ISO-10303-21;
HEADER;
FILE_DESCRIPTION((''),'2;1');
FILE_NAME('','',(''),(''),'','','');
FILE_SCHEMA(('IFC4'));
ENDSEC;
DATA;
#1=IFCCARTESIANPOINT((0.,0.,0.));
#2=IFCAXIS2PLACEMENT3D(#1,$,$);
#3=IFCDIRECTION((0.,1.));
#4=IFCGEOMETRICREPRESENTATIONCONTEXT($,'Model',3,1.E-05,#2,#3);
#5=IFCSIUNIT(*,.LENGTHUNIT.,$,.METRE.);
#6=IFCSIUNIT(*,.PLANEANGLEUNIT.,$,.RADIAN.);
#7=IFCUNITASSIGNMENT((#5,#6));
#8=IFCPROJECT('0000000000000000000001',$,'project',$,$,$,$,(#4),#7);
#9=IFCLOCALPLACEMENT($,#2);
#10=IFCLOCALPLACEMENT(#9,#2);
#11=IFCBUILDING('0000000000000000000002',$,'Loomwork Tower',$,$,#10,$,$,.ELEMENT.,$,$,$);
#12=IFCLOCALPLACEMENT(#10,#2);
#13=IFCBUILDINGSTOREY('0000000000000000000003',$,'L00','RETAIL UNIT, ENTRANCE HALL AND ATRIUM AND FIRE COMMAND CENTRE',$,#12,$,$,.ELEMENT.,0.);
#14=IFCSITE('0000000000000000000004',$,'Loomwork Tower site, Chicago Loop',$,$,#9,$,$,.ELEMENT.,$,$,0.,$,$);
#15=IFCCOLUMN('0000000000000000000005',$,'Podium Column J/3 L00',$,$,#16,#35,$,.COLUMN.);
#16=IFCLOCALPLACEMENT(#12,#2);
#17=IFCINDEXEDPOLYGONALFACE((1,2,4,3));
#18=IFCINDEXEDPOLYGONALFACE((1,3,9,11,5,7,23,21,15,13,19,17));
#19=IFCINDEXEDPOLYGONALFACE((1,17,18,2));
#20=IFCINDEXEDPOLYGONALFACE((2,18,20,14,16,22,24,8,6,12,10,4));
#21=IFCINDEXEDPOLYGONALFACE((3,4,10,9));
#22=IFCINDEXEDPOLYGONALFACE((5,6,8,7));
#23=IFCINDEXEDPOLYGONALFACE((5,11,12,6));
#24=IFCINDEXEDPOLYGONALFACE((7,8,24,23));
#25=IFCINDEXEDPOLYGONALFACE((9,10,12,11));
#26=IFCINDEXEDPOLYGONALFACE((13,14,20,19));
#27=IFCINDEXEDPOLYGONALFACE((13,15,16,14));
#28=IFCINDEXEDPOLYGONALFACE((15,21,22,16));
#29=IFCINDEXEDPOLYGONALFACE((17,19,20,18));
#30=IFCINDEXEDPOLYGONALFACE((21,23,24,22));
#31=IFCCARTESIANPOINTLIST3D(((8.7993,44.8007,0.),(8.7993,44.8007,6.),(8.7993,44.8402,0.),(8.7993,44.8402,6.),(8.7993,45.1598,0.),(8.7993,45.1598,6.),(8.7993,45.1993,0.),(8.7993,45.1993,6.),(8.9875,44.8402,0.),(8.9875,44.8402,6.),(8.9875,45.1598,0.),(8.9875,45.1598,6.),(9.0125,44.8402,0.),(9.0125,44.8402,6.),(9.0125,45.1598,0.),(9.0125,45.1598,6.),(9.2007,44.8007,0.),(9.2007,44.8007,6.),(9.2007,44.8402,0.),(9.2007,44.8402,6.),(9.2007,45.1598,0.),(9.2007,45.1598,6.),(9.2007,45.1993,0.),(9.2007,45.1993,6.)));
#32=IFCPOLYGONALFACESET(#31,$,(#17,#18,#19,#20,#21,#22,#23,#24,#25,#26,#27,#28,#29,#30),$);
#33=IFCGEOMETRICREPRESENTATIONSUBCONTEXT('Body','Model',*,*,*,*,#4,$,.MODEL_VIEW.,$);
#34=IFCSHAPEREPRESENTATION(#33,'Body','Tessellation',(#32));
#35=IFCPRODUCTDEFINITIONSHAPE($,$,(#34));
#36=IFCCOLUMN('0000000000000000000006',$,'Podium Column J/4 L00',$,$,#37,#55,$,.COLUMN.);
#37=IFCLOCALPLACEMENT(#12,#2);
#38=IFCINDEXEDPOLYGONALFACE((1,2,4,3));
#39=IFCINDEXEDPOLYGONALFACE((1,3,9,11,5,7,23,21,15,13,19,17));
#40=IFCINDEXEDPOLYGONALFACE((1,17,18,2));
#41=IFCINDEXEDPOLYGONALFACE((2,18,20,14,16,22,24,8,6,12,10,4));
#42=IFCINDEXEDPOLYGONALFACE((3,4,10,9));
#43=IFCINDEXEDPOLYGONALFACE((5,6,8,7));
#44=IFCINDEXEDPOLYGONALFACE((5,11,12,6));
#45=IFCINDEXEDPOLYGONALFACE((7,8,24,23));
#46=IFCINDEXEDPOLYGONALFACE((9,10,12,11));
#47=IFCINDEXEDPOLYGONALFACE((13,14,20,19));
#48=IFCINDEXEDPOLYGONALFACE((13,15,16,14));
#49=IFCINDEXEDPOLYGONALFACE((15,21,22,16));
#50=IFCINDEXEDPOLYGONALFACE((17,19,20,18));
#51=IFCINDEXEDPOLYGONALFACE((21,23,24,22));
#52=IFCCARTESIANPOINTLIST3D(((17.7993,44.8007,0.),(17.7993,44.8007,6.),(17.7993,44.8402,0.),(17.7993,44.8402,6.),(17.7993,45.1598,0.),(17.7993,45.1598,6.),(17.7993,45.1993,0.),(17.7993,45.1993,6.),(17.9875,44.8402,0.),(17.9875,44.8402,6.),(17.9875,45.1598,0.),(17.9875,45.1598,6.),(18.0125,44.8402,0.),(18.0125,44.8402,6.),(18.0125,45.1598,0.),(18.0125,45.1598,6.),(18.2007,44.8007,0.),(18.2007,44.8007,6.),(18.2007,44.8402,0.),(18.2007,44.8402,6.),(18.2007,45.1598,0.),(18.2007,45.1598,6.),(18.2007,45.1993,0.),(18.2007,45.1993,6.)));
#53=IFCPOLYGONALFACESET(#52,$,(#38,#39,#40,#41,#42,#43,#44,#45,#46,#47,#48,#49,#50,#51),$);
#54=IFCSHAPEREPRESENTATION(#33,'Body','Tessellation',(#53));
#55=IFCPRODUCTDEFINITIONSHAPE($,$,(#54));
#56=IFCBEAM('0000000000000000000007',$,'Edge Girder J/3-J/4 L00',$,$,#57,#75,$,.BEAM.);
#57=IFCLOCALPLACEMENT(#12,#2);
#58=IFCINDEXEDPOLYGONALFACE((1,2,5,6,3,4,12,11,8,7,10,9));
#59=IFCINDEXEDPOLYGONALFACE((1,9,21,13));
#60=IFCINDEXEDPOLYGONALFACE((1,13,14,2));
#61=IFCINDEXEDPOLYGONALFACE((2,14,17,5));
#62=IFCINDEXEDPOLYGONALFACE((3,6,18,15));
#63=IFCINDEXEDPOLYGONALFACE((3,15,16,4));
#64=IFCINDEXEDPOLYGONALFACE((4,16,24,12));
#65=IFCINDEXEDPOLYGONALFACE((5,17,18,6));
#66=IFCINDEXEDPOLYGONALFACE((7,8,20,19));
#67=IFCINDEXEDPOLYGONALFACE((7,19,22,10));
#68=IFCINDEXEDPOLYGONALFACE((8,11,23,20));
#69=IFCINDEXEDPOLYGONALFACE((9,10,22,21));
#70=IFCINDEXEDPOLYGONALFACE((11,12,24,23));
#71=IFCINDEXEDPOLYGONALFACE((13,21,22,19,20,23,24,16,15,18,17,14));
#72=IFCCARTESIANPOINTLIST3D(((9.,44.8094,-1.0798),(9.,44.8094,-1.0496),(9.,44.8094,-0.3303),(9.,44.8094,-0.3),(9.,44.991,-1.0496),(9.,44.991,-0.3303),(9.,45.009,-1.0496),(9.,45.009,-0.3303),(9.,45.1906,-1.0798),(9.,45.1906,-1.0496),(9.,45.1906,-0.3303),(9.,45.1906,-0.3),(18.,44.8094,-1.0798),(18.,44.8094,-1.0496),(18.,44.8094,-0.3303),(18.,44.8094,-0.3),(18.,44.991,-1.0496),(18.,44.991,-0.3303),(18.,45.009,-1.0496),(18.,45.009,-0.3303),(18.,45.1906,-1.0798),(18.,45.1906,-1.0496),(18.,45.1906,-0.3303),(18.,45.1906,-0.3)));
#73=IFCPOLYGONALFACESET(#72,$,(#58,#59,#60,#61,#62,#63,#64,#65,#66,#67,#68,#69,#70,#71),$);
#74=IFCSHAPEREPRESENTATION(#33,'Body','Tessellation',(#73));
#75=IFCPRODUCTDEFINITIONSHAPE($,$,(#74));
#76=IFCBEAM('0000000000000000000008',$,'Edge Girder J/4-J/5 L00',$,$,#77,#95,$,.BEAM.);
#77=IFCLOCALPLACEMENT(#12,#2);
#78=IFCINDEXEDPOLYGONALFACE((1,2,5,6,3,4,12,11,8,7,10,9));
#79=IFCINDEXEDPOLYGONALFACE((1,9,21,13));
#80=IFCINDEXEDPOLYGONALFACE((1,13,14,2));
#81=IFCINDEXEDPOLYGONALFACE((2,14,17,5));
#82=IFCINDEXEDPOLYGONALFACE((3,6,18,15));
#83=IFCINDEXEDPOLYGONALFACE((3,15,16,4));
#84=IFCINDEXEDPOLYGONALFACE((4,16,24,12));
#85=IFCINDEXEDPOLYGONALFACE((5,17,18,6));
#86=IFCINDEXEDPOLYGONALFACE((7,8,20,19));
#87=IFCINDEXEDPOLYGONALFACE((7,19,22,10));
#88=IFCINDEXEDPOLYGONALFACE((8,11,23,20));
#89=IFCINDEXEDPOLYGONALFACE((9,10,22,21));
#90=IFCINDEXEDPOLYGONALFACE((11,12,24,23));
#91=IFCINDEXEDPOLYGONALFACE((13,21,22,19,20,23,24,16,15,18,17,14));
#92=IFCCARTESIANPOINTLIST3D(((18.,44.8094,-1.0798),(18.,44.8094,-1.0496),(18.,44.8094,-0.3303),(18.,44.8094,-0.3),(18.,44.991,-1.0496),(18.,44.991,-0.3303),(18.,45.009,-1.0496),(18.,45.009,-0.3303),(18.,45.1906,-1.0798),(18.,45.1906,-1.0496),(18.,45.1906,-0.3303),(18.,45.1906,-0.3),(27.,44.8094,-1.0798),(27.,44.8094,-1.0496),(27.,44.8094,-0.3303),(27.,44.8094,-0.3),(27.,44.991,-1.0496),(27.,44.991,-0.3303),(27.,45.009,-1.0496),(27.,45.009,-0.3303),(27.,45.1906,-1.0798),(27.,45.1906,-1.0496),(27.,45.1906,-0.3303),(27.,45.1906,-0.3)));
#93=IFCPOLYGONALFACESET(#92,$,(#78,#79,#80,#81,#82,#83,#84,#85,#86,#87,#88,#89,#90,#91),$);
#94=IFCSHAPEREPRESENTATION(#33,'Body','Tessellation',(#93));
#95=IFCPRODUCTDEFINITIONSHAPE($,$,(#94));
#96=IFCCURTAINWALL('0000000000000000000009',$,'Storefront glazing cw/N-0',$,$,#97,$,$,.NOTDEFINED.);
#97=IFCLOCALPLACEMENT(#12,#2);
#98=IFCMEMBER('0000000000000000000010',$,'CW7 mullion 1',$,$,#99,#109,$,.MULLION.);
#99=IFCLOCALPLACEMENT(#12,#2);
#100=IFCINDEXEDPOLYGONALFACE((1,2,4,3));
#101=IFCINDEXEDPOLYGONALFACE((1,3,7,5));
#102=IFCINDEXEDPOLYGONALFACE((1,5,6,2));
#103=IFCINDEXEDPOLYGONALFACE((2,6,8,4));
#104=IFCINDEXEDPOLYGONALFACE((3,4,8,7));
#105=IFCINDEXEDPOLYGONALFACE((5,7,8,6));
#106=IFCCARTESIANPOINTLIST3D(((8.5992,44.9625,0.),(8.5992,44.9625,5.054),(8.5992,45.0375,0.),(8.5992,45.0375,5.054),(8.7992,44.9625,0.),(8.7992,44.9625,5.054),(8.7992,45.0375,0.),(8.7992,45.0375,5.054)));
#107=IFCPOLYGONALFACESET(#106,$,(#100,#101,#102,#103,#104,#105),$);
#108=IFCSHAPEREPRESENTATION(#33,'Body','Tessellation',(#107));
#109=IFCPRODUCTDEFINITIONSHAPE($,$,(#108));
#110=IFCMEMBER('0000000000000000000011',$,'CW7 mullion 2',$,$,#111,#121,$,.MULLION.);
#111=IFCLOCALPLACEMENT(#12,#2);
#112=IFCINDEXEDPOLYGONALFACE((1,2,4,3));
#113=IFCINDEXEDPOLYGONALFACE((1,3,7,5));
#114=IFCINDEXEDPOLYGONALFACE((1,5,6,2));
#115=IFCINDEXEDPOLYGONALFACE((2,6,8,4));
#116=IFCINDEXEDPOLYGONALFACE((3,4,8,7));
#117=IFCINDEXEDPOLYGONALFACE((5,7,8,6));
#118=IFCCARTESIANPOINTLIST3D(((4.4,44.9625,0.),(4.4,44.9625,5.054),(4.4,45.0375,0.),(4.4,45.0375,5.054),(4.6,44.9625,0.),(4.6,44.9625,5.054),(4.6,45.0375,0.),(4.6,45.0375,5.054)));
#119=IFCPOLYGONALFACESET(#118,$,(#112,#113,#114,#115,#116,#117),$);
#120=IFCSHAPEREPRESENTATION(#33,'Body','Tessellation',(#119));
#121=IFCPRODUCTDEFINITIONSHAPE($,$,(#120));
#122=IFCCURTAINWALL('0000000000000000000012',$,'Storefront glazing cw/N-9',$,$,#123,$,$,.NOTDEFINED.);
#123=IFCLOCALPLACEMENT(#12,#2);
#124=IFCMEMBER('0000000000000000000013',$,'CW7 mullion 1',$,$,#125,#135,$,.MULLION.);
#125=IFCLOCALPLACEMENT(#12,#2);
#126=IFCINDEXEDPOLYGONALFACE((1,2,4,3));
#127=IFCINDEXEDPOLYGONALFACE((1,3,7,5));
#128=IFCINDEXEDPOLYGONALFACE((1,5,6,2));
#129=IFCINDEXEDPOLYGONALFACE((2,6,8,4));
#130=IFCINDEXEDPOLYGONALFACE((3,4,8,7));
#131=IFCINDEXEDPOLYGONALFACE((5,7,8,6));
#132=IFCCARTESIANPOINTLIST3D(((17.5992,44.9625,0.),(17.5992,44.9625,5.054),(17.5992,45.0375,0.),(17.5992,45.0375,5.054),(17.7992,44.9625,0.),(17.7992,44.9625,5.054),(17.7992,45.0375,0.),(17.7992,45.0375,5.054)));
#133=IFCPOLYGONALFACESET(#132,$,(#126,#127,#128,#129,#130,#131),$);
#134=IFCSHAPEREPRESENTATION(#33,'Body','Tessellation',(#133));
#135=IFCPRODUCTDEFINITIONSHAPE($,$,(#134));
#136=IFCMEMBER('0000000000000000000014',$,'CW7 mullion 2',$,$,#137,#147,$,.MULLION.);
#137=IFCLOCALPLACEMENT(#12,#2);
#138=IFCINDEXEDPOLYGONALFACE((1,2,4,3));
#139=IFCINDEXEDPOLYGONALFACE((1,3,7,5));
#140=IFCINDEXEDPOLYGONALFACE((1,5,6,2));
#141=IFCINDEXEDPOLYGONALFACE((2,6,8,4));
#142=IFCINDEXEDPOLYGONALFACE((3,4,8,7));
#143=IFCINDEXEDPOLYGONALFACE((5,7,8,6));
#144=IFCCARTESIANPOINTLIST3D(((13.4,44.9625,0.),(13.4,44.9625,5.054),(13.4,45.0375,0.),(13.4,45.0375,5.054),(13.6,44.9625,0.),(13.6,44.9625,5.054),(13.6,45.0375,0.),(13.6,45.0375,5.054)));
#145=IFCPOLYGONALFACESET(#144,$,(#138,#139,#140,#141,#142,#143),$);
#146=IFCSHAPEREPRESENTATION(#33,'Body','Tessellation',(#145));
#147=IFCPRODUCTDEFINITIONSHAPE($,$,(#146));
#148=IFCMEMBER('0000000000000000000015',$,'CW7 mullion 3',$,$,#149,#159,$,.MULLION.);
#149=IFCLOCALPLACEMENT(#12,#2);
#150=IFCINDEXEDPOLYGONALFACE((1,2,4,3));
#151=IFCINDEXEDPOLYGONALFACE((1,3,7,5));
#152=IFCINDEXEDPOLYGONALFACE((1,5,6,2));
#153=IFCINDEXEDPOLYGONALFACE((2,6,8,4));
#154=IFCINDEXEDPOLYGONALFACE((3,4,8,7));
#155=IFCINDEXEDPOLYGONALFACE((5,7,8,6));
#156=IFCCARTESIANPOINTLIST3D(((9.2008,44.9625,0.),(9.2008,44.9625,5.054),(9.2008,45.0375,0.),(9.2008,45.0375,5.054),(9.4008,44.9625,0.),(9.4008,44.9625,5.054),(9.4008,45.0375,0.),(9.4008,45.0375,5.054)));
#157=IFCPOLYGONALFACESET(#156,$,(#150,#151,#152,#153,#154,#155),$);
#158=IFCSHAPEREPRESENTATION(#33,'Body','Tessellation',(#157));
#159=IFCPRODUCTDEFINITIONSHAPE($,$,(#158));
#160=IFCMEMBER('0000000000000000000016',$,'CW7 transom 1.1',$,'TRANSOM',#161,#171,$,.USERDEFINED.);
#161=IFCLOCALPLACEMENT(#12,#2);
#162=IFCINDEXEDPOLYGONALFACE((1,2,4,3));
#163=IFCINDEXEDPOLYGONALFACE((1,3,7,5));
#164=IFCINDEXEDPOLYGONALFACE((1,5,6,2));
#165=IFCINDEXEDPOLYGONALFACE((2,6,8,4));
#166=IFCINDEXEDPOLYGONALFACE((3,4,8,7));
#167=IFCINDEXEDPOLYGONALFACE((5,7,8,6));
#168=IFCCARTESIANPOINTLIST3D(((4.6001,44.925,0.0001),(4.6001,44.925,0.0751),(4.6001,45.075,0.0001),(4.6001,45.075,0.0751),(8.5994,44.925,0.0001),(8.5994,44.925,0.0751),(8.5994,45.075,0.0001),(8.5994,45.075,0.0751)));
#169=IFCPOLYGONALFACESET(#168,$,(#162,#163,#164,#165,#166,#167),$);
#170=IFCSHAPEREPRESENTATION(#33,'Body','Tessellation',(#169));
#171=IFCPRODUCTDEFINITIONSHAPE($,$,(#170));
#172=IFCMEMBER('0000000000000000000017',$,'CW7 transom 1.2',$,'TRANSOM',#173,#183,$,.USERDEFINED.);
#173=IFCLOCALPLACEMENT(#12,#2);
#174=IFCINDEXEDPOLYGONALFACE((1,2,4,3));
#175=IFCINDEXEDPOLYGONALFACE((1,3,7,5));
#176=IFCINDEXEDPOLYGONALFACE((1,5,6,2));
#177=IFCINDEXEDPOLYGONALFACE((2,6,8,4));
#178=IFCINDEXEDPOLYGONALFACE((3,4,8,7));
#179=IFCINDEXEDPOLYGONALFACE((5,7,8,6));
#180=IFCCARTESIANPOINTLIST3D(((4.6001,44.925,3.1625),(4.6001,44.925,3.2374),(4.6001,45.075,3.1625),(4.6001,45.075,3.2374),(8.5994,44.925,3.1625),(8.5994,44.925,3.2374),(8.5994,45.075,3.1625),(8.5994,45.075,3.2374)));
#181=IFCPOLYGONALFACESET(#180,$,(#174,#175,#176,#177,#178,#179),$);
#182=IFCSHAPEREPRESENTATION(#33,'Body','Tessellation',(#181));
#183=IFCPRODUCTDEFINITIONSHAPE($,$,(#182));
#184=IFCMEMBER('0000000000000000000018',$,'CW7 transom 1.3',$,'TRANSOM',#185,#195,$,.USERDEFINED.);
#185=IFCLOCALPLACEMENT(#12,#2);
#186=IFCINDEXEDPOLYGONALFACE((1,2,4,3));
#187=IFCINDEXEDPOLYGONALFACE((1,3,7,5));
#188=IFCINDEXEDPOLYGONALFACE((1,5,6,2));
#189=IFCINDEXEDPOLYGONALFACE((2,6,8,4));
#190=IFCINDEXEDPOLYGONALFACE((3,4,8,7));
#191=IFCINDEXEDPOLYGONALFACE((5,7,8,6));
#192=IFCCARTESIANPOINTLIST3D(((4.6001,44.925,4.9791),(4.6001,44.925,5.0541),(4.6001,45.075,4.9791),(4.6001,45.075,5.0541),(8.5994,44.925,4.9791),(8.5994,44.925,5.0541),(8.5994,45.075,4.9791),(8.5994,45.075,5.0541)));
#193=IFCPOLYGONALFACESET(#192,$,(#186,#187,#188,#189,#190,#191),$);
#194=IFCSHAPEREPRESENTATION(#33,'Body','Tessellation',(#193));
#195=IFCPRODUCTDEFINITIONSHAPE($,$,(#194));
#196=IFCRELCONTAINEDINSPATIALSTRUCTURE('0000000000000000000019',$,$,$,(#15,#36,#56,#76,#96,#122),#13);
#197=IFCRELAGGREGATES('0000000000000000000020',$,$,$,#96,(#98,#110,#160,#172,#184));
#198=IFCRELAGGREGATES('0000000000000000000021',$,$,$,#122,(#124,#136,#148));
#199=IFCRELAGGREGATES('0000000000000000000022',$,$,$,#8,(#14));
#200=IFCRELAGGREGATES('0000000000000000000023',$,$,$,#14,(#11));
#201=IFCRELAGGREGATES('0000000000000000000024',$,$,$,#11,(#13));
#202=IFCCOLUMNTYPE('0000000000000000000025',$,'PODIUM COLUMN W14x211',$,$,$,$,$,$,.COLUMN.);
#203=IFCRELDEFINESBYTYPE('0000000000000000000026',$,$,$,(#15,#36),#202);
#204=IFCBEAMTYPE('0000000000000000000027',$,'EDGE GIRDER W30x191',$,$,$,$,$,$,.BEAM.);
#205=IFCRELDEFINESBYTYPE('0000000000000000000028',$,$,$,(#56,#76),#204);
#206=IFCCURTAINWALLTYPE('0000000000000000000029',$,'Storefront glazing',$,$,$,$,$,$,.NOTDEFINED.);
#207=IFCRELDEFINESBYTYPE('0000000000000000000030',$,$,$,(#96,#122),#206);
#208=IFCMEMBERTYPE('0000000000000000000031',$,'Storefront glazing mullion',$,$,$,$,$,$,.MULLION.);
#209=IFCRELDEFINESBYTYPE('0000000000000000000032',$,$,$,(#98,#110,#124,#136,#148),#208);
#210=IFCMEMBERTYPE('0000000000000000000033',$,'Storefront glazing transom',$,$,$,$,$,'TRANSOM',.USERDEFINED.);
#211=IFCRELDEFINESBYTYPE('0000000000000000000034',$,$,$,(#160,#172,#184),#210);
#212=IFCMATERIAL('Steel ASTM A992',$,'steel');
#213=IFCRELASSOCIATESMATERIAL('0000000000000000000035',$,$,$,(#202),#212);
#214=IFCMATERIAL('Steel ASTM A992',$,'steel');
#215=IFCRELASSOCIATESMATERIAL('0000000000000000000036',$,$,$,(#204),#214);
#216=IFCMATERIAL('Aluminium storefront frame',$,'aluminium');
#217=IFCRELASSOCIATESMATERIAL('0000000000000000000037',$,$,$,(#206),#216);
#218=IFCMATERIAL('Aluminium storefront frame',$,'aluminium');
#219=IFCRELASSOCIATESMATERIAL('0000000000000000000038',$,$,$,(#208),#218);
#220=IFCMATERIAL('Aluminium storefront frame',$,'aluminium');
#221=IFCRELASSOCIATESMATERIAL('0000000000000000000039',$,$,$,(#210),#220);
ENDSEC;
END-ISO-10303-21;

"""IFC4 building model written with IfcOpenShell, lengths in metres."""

from ifc_helpers import new_model, si_unit, direction, frame, origin, origin_2d, place, context, subcontext, project, spatial, rectangle, i_section, extrude, material, material_profile, profile_set, type_object, element, aggregate, save


model = new_model("IFC4")

# Units and contexts
model_context = context("Model", 3, precision=1e-05, world=origin(), true_north=direction((0.0, 1.0)))
body_context = subcontext(model_context, "Body", "Model", "MODEL_VIEW")
ifc_project = project(units=[si_unit("LENGTHUNIT", "METRE"), si_unit("PLANEANGLEUNIT", "RADIAN")], contexts=[model_context])

# Site, building, storey
site_placement = place(None, origin())
site = spatial("IfcSite", under=ifc_project, at=site_placement, Name="Loomwork Tower site, Chicago Loop", CompositionType="ELEMENT", RefElevation=0.0)
building_placement = place(site_placement, origin())
building = spatial("IfcBuilding", under=site, at=building_placement, Name="Loomwork Tower", CompositionType="ELEMENT")
storey_placement = place(building_placement, origin())
storey = spatial("IfcBuildingStorey", under=building, at=storey_placement, Name="L00", Description="RETAIL UNIT, ENTRANCE HALL AND ATRIUM AND FIRE COMMAND CENTRE", CompositionType="ELEMENT", Elevation=0.0)

# Columns
ifc_material_1 = material(Name="Steel ASTM A992", Category="steel")
ifc_material_profile_1 = material_profile(ifc_material_1, i_section(OverallWidth=0.4014, OverallDepth=0.3987, WebThickness=0.0249, FlangeThickness=0.0396, at=origin_2d()), Name="W14x211")
ifc_profile_set_1 = profile_set([ifc_material_profile_1], Name="Steel ASTM A992")
column_type = type_object("IfcColumnType", Name="PODIUM COLUMN W14x211", PredefinedType="COLUMN", material=ifc_profile_set_1)
for number, where, z_axis, x_axis, name in (
    (1, (9.0, 45.0, 0.0), (0.0, 0.0, 1.0), (1.0, 0.0, 0.0), "Podium Column J/3 L00"),
    (2, (18.0, 45.0, 0.0), (0.0, 0.0, 1.0), (1.0, 0.0, 0.0), "Podium Column J/4 L00"),
):
    element("IfcColumn", number, at=place(storey_placement, frame(where, z_axis=z_axis, x_axis=x_axis)), inside=storey, type_object=column_type, Name=name, PredefinedType="COLUMN", context=body_context, shape_type="SweptSolid", body=[
        extrude(i_section(OverallWidth=0.4014, OverallDepth=0.3987, WebThickness=0.0249, FlangeThickness=0.0396, at=origin_2d()), origin(), (0.0, 0.0, 1.0), 6.0),
    ])

# Beams
ifc_material_2 = material(Name="Steel ASTM A992", Category="steel")
ifc_material_profile_2 = material_profile(ifc_material_2, i_section(OverallWidth=0.3811, OverallDepth=0.7798, WebThickness=0.0181, FlangeThickness=0.0303, at=origin_2d()), Name="W30x191")
ifc_profile_set_2 = profile_set([ifc_material_profile_2], Name="Steel ASTM A992")
beam_type = type_object("IfcBeamType", Name="EDGE GIRDER W30x191", PredefinedType="BEAM", material=ifc_profile_set_2)
for number, where, z_axis, x_axis, name in (
    (3, (9.0, 45.0, -0.6899), (1.0, 0.0, 0.0), (0.0, 1.0, 0.0), "Edge Girder J/3-J/4 L00"),
    (4, (18.0, 45.0, -0.6899), (1.0, 0.0, 0.0), (0.0, 1.0, 0.0), "Edge Girder J/4-J/5 L00"),
):
    element("IfcBeam", number, at=place(storey_placement, frame(where, z_axis=z_axis, x_axis=x_axis)), inside=storey, type_object=beam_type, Name=name, PredefinedType="BEAM", context=body_context, shape_type="SweptSolid", body=[
        extrude(i_section(OverallWidth=0.3811, OverallDepth=0.7798, WebThickness=0.0181, FlangeThickness=0.0303, at=origin_2d()), origin(), (0.0, 0.0, 1.0), 9.0),
    ])

# Curtain walls, members
ifc_material_3 = material(Name="Aluminium storefront frame", Category="aluminium")
curtain_wall_type = type_object("IfcCurtainWallType", Name="Storefront glazing", PredefinedType="NOTDEFINED", material=ifc_material_3)
curtain_wall_1_placement = place(storey_placement, origin())
curtain_wall_1 = element("IfcCurtainWall", 5, at=curtain_wall_1_placement, inside=storey, type_object=curtain_wall_type, Name="Storefront glazing cw/N-0", PredefinedType="NOTDEFINED")
ifc_material_4 = material(Name="Aluminium storefront frame", Category="aluminium")
ifc_material_profile_3 = material_profile(ifc_material_4, rectangle(XDim=0.075, YDim=0.2, at=origin_2d()), Name="AL 75x200")
ifc_profile_set_3 = profile_set([ifc_material_profile_3], Name="Aluminium storefront frame")
member_type_1 = type_object("IfcMemberType", Name="Storefront glazing mullion", PredefinedType="MULLION", material=ifc_profile_set_3)
member_1_placement = place(storey_placement, frame((8.6992, 45.0, 0.0), z_axis=(0.0, 0.0, 1.0), x_axis=(0.0, -1.0, 0.0)))
member_1 = element("IfcMember", 6, at=member_1_placement, type_object=member_type_1, Name="CW7 mullion 1", PredefinedType="MULLION", context=body_context, shape_type="SweptSolid", body=[
    extrude(rectangle(XDim=0.075, YDim=0.2, at=origin_2d()), origin(), (0.0, 0.0, 1.0), 5.054),
])
member_2_placement = place(storey_placement, frame((4.5, 45.0, 0.0), z_axis=(0.0, 0.0, 1.0), x_axis=(0.0, -1.0, 0.0)))
member_2 = element("IfcMember", 7, at=member_2_placement, type_object=member_type_1, Name="CW7 mullion 2", PredefinedType="MULLION", context=body_context, shape_type="SweptSolid", body=[
    extrude(rectangle(XDim=0.075, YDim=0.2, at=origin_2d()), origin(), (0.0, 0.0, 1.0), 5.054),
])
curtain_wall_2_placement = place(storey_placement, origin())
curtain_wall_2 = element("IfcCurtainWall", 8, at=curtain_wall_2_placement, inside=storey, type_object=curtain_wall_type, Name="Storefront glazing cw/N-9", PredefinedType="NOTDEFINED")
member_3_placement = place(storey_placement, frame((17.6992, 45.0, 0.0), z_axis=(0.0, 0.0, 1.0), x_axis=(0.0, -1.0, 0.0)))
member_3 = element("IfcMember", 9, at=member_3_placement, type_object=member_type_1, Name="CW7 mullion 1", PredefinedType="MULLION", context=body_context, shape_type="SweptSolid", body=[
    extrude(rectangle(XDim=0.075, YDim=0.2, at=origin_2d()), origin(), (0.0, 0.0, 1.0), 5.054),
])
member_4_placement = place(storey_placement, frame((13.5, 45.0, 0.0), z_axis=(0.0, 0.0, 1.0), x_axis=(0.0, -1.0, 0.0)))
member_4 = element("IfcMember", 10, at=member_4_placement, type_object=member_type_1, Name="CW7 mullion 2", PredefinedType="MULLION", context=body_context, shape_type="SweptSolid", body=[
    extrude(rectangle(XDim=0.075, YDim=0.2, at=origin_2d()), origin(), (0.0, 0.0, 1.0), 5.054),
])
member_5_placement = place(storey_placement, frame((9.3008, 45.0, 0.0), z_axis=(0.0, 0.0, 1.0), x_axis=(0.0, -1.0, 0.0)))
member_5 = element("IfcMember", 11, at=member_5_placement, type_object=member_type_1, Name="CW7 mullion 3", PredefinedType="MULLION", context=body_context, shape_type="SweptSolid", body=[
    extrude(rectangle(XDim=0.075, YDim=0.2, at=origin_2d()), origin(), (0.0, 0.0, 1.0), 5.054),
])

# Members
ifc_material_5 = material(Name="Aluminium storefront frame", Category="aluminium")
ifc_material_profile_4 = material_profile(ifc_material_5, rectangle(XDim=0.1499, YDim=0.075, at=origin_2d()), Name="AL 75x150")
ifc_profile_set_4 = profile_set([ifc_material_profile_4], Name="Aluminium storefront frame")
member_type_2 = type_object("IfcMemberType", Name="Storefront glazing transom", ElementType="TRANSOM", PredefinedType="USERDEFINED", material=ifc_profile_set_4)
member_6_placement = place(storey_placement, frame((8.5994, 45.0, 0.0376), z_axis=(-1.0, 0.0, 0.0), x_axis=(0.0, -1.0, 0.0)))
member_6 = element("IfcMember", 12, at=member_6_placement, type_object=member_type_2, Name="CW7 transom 1.1", ObjectType="TRANSOM", PredefinedType="USERDEFINED", context=body_context, shape_type="SweptSolid", body=[
    extrude(rectangle(XDim=0.1499, YDim=0.075, at=origin_2d()), origin(), (0.0, 0.0, 1.0), 3.9993),
])
member_7_placement = place(storey_placement, frame((8.5994, 45.0, 3.2), z_axis=(-1.0, 0.0, 0.0), x_axis=(0.0, -1.0, 0.0)))
member_7 = element("IfcMember", 13, at=member_7_placement, type_object=member_type_2, Name="CW7 transom 1.2", ObjectType="TRANSOM", PredefinedType="USERDEFINED", context=body_context, shape_type="SweptSolid", body=[
    extrude(rectangle(XDim=0.1499, YDim=0.075, at=origin_2d()), origin(), (0.0, 0.0, 1.0), 3.9993),
])
member_8_placement = place(storey_placement, frame((8.5994, 45.0, 5.0166), z_axis=(-1.0, 0.0, 0.0), x_axis=(0.0, -1.0, 0.0)))
member_8 = element("IfcMember", 14, at=member_8_placement, type_object=member_type_2, Name="CW7 transom 1.3", ObjectType="TRANSOM", PredefinedType="USERDEFINED", context=body_context, shape_type="SweptSolid", body=[
    extrude(rectangle(XDim=0.1499, YDim=0.075, at=origin_2d()), origin(), (0.0, 0.0, 1.0), 3.9993),
])

aggregate(curtain_wall_1, [member_1, member_2, member_6, member_7, member_8])
aggregate(curtain_wall_2, [member_3, member_4, member_5])

save(model, "model.ifc")
